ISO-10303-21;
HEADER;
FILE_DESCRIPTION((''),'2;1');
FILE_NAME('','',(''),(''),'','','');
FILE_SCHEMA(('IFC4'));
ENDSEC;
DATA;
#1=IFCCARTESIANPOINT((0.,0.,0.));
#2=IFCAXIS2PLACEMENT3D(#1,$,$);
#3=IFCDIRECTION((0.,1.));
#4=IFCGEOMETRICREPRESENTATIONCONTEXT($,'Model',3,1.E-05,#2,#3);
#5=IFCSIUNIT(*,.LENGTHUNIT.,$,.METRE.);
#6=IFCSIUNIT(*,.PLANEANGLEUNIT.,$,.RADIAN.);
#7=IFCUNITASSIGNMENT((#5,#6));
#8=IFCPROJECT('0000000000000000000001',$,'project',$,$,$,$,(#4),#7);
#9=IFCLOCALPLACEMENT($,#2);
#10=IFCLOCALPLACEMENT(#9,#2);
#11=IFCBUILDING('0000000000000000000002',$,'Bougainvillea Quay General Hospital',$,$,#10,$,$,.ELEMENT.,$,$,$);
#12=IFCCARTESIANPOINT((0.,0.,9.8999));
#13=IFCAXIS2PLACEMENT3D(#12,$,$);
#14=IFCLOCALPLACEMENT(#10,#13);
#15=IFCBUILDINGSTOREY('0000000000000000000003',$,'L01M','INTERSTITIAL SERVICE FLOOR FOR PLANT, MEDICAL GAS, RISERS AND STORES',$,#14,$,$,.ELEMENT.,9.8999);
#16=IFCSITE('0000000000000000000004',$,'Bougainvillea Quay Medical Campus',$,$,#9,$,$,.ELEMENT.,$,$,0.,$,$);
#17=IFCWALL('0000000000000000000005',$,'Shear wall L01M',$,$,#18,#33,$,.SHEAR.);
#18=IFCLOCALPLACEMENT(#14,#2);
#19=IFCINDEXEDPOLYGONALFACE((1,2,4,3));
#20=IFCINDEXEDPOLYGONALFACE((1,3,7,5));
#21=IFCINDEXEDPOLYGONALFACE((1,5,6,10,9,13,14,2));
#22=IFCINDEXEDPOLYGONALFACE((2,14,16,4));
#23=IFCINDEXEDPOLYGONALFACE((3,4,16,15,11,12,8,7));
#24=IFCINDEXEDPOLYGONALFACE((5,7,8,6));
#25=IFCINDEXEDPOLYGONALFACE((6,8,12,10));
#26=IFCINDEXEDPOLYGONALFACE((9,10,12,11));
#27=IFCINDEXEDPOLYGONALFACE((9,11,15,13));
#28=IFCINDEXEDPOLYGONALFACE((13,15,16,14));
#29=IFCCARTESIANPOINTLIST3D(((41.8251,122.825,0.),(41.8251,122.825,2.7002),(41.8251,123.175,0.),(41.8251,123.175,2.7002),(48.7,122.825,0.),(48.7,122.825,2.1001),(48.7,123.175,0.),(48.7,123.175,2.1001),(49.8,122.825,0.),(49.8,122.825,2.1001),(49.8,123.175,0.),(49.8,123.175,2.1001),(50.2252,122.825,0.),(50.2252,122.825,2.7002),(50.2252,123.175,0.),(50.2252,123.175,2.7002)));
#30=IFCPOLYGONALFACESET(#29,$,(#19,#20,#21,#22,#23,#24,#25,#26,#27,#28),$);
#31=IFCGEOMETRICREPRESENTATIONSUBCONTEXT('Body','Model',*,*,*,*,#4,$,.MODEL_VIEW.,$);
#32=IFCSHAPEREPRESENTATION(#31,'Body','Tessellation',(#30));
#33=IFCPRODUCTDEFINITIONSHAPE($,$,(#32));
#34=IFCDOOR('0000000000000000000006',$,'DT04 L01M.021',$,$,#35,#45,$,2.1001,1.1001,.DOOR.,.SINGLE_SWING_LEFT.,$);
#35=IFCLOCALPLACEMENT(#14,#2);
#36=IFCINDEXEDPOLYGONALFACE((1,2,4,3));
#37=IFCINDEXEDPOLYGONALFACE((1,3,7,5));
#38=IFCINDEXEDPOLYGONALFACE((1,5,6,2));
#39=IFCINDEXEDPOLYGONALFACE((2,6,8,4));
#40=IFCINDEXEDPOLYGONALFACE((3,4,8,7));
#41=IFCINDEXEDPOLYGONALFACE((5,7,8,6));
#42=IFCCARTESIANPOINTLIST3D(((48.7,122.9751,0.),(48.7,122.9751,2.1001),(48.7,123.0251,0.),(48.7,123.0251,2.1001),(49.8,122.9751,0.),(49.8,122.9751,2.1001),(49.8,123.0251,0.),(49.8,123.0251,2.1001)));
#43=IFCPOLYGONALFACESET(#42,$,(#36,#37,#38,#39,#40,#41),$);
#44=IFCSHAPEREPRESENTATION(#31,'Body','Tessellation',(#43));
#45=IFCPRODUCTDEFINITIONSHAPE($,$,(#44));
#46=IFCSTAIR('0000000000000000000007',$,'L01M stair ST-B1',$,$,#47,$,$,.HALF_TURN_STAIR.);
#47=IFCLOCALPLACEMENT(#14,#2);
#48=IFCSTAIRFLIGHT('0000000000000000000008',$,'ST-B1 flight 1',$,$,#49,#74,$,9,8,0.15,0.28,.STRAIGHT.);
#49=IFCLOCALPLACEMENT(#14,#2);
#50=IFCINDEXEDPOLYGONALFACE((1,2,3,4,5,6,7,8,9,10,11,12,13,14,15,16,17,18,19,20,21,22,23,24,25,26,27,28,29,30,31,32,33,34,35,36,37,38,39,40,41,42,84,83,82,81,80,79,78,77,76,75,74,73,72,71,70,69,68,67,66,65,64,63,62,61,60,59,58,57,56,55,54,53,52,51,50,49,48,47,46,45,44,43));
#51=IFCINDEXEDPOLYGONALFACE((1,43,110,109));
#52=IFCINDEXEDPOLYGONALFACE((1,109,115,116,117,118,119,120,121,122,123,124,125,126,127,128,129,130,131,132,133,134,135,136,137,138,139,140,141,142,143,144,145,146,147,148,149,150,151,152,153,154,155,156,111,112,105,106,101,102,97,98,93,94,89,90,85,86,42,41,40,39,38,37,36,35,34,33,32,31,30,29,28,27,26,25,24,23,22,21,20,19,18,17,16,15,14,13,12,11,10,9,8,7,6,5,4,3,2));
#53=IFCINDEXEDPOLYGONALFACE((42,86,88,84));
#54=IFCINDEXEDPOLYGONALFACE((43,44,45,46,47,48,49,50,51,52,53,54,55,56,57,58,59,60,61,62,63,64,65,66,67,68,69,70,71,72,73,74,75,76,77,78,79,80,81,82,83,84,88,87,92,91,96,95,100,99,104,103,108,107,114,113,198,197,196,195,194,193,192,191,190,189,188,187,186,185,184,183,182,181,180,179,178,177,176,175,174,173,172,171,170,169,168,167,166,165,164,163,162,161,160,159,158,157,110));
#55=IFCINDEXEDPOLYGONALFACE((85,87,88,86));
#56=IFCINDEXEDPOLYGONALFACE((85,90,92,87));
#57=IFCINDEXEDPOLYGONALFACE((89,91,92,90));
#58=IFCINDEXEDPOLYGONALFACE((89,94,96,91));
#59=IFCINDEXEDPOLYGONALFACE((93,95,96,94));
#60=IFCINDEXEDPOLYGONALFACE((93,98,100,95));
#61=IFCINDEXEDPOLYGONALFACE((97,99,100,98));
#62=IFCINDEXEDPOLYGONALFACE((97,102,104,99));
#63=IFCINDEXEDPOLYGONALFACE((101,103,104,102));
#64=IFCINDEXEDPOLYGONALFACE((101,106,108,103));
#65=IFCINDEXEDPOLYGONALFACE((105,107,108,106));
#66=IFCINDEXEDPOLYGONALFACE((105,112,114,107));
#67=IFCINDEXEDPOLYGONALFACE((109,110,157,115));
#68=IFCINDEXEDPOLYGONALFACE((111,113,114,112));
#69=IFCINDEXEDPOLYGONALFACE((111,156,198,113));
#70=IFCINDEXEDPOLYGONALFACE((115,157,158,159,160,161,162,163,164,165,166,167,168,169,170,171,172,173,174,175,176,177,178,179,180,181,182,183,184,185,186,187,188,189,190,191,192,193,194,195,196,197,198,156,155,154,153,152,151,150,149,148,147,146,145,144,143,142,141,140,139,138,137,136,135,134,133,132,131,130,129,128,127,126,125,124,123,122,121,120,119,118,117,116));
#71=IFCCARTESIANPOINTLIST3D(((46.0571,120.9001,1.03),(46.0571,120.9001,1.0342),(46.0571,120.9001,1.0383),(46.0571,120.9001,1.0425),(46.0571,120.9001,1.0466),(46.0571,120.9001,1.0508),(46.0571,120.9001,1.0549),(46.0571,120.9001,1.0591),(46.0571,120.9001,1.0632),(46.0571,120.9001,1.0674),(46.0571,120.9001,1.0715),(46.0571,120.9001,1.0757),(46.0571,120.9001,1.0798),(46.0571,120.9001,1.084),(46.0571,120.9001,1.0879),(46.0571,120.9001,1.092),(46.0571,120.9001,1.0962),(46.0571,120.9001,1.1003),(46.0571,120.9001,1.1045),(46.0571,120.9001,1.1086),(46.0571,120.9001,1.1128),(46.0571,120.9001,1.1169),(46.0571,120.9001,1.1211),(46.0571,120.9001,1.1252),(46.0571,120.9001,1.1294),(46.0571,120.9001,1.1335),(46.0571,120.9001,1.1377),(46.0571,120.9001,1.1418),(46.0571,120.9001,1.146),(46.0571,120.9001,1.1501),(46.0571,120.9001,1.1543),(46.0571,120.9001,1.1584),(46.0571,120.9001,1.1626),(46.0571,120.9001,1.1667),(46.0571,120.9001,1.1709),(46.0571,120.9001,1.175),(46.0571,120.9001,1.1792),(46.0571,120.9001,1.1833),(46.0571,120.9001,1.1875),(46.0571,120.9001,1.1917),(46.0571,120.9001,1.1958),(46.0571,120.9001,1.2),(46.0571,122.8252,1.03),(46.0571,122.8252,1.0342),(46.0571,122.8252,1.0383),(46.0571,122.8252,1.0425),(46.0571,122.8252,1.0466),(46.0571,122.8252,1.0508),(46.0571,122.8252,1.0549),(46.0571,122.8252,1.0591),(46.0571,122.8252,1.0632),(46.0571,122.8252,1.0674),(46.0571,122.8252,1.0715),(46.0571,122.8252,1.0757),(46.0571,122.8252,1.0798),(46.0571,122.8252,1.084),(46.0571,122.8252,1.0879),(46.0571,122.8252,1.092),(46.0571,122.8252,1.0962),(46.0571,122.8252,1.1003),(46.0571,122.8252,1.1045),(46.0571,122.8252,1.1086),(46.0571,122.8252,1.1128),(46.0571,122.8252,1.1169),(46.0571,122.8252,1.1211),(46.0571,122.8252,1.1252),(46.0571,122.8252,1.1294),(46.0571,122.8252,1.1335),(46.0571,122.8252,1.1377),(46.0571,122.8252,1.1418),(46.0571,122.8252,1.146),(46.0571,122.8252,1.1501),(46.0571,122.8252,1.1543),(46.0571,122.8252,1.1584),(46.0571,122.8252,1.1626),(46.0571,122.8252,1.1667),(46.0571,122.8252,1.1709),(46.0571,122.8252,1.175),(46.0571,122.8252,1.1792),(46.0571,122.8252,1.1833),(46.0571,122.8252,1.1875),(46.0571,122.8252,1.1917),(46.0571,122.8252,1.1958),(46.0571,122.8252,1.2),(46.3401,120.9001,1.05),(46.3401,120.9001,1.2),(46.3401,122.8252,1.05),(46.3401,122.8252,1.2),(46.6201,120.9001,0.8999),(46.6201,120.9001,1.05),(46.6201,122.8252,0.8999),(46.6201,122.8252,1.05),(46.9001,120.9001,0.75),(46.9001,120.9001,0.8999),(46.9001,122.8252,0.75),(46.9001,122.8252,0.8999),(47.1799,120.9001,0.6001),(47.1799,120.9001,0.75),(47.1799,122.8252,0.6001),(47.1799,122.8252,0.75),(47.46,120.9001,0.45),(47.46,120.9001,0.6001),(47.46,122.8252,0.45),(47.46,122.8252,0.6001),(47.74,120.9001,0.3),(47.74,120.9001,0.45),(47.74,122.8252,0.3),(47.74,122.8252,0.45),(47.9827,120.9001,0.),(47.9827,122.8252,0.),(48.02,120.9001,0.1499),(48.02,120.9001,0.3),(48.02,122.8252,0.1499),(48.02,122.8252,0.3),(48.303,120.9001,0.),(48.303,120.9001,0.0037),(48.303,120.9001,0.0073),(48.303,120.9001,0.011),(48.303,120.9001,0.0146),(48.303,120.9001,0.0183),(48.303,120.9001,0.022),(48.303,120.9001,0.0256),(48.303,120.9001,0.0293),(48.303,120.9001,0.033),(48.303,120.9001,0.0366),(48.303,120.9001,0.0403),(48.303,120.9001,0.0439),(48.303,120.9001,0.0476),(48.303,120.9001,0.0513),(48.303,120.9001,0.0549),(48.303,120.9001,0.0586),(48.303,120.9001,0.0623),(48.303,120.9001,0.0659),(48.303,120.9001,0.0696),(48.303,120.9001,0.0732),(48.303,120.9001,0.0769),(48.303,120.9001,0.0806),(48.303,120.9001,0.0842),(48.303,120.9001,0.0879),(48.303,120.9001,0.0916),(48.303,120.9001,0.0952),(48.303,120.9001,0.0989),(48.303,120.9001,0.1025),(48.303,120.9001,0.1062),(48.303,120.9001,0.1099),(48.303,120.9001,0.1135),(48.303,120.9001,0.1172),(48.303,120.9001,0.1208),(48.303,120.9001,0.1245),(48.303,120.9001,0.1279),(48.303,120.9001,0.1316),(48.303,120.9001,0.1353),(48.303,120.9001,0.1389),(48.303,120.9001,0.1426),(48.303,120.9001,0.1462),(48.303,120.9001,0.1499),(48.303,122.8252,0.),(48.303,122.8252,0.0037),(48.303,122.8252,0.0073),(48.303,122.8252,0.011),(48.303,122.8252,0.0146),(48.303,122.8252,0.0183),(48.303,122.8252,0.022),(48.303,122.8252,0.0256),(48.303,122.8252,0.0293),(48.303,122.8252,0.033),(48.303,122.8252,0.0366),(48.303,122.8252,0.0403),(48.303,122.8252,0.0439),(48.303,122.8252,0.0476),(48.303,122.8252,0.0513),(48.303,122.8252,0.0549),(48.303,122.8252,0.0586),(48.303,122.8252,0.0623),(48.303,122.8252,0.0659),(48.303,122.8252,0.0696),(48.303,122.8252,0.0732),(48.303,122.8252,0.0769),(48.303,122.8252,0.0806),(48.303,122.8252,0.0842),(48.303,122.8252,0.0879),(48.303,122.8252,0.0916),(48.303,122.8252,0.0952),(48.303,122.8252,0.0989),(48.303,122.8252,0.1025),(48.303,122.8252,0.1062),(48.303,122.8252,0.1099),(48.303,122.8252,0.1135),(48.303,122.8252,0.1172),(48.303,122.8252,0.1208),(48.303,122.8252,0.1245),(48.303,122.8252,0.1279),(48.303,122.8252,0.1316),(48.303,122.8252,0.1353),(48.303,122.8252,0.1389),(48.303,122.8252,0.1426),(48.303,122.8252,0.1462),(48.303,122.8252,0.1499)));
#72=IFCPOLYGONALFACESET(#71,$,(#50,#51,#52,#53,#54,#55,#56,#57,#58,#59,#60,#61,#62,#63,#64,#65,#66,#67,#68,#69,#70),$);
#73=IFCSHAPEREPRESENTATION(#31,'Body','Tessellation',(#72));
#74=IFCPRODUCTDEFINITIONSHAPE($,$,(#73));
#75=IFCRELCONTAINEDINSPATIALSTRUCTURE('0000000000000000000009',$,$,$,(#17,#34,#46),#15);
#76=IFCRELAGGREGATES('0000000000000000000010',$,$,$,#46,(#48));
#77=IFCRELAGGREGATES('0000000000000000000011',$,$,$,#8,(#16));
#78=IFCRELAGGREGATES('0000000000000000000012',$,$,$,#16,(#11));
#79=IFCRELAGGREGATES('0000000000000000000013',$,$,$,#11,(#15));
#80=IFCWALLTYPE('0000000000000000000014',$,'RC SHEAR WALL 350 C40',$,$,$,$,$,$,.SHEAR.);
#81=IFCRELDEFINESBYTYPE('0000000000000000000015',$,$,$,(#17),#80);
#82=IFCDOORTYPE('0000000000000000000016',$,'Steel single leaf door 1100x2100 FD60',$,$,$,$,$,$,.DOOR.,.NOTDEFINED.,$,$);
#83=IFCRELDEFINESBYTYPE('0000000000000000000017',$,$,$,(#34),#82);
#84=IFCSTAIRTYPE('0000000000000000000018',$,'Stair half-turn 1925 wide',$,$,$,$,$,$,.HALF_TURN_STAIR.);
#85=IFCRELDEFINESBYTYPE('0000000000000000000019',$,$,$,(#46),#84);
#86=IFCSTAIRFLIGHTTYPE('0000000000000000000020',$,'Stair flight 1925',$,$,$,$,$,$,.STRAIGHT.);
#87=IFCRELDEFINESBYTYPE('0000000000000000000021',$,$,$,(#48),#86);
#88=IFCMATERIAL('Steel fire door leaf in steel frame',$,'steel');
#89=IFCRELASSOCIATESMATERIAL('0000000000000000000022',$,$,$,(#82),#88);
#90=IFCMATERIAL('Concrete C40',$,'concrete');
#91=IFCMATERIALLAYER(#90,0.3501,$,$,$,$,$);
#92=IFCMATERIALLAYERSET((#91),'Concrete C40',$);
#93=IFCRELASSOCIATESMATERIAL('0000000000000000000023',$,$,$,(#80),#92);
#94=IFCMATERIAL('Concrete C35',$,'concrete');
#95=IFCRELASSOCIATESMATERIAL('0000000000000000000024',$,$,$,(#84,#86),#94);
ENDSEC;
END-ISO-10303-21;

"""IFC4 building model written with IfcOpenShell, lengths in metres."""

from ifc_helpers import new_model, si_unit, direction, frame, frame_2d, origin, place, context, subcontext, project, spatial, polyline, rectangle, outline, extrude, material, layer, layer_set, type_object, element, fill, aggregate, save


model = new_model("IFC4")

# Units and contexts
model_context = context("Model", 3, precision=1e-05, world=origin(), true_north=direction((0.0, 1.0)))
body_context = subcontext(model_context, "Body", "Model", "MODEL_VIEW")
ifc_project = project(units=[si_unit("LENGTHUNIT", "METRE"), si_unit("PLANEANGLEUNIT", "RADIAN")], contexts=[model_context])

# Site, building, storey
site_placement = place(None, origin())
site = spatial("IfcSite", under=ifc_project, at=site_placement, Name="Bougainvillea Quay Medical Campus", CompositionType="ELEMENT", RefElevation=0.0)
building_placement = place(site_placement, origin())
building = spatial("IfcBuilding", under=site, at=building_placement, Name="Bougainvillea Quay General Hospital", CompositionType="ELEMENT")
storey_placement = place(building_placement, frame((0.0, 0.0, 9.8999)))
storey = spatial("IfcBuildingStorey", under=building, at=storey_placement, Name="L01M", Description="INTERSTITIAL SERVICE FLOOR FOR PLANT, MEDICAL GAS, RISERS AND STORES", CompositionType="ELEMENT", Elevation=9.8999)

# Shared definitions
ifc_material_1 = material(Name="Concrete C40", Category="concrete")

# Shared definitions
ifc_material_2 = material(Name="Steel fire door leaf in steel frame", Category="steel")
door_type_1 = type_object("IfcDoorType", Name="Steel single leaf door 1100x2100 FD60", OperationType="NOTDEFINED", PredefinedType="DOOR", material=ifc_material_2)

# Wall, opening, door
ifc_layer_1 = layer(ifc_material_1, 0.3501)
ifc_layer_set_1 = layer_set([ifc_layer_1], Name="Concrete C40")
wall_type_1 = type_object("IfcWallType", Name="RC SHEAR WALL 350 C40", PredefinedType="SHEAR", material=ifc_layer_set_1)
wall_1_placement = place(storey_placement, frame((41.825, 123.0, 0.0), z_axis=(0.0, 0.0, 1.0), x_axis=(1.0, 0.0, 0.0)))
wall_1 = element("IfcWall", 1, at=wall_1_placement, inside=storey, type_object=wall_type_1, Name="Shear wall L01M", PredefinedType="SHEAR", context=body_context, shape_type="SweptSolid", body=[
    extrude(rectangle(XDim=8.4001, YDim=0.3501, at=frame_2d((4.2002, 0.0))), origin(), (0.0, 0.0, 1.0), 2.7002),
])
opening_1_placement = place(wall_1_placement, frame((6.875, 0.0, 0.0)))
opening_1 = element("IfcOpeningElement", 2, at=opening_1_placement, cuts=wall_1, PredefinedType="OPENING", context=body_context, shape_type="SweptSolid", body=[
    extrude(rectangle(XDim=1.1001, YDim=2.1001, at=frame_2d((0.55, 1.05))), frame((0.0, 0.1851, 0.0), z_axis=(0.0, -1.0, 0.0), x_axis=(1.0, 0.0, 0.0)), (0.0, 0.0, 1.0), 0.3701),
])
door_1_placement = place(opening_1_placement, frame((1.1001, 0.0, 0.0), z_axis=(0.0, 0.0, 1.0), x_axis=(-1.0, 0.0, 0.0)))
door_1 = element("IfcDoor", 3, at=door_1_placement, inside=storey, type_object=door_type_1, Name="DT04 L01M.021", OperationType="SINGLE_SWING_LEFT", OverallHeight=2.1001, OverallWidth=1.1001, PredefinedType="DOOR", context=body_context, shape_type="SweptSolid", body=[
    extrude(rectangle(XDim=1.1001, YDim=2.1001, at=frame_2d((0.55, 1.05))), frame((0.0, 0.0249, 0.0), z_axis=(0.0, -1.0, 0.0), x_axis=(1.0, 0.0, 0.0)), (0.0, 0.0, 1.0), 0.05),
])
fill(opening_1, door_1)

# Stair, stair flight
ifc_material_3 = material(Name="Concrete C35", Category="concrete")
stair_type = type_object("IfcStairType", Name="Stair half-turn 1925 wide", PredefinedType="HALF_TURN_STAIR", material=ifc_material_3)
stair_placement = place(storey_placement, origin())
stair = element("IfcStair", 4, at=stair_placement, inside=storey, type_object=stair_type, Name="L01M stair ST-B1", PredefinedType="HALF_TURN_STAIR")
stair_flight_type = type_object("IfcStairFlightType", Name="Stair flight 1925", PredefinedType="STRAIGHT", material=ifc_material_3)
stair_flight_placement = place(storey_placement, frame((48.3, 121.8625, 0.0), z_axis=(0.0, 0.0, 1.0), x_axis=(-1.0, 0.0, 0.0)))
stair_flight = element("IfcStairFlight", 5, at=stair_flight_placement, type_object=stair_flight_type, Name="ST-B1 flight 1", NumberOfRisers=9, NumberOfTreads=8, PredefinedType="STRAIGHT", RiserHeight=0.15, TreadLength=0.28, context=body_context, shape_type="SweptSolid", body=[
    extrude(outline(polyline([(-0.0029, 0.0), (-0.0029, 0.0037), (-0.0029, 0.0073), (-0.0029, 0.011), (-0.0029, 0.0146), (-0.0029, 0.0183), (-0.0029, 0.022), (-0.0029, 0.0256), (-0.0029, 0.0293), (-0.0029, 0.033), (-0.0029, 0.0366), (-0.0029, 0.0403), (-0.0029, 0.0439), (-0.0029, 0.0476), (-0.0029, 0.0513), (-0.0029, 0.0549), (-0.0029, 0.0586), (-0.0029, 0.0623), (-0.0029, 0.0659), (-0.0029, 0.0696), (-0.0029, 0.0732), (-0.0029, 0.0769), (-0.0029, 0.0806), (-0.0029, 0.0842), (-0.0029, 0.0879), (-0.0029, 0.0916), (-0.0029, 0.0952), (-0.0029, 0.0989), (-0.0029, 0.1025), (-0.0029, 0.1062), (-0.0029, 0.1099), (-0.0029, 0.1135), (-0.0029, 0.1172), (-0.0029, 0.1208), (-0.0029, 0.1245), (-0.0029, 0.1279), (-0.0029, 0.1316), (-0.0029, 0.1353), (-0.0029, 0.1389), (-0.0029, 0.1426), (-0.0029, 0.1462), (-0.0029, 0.1499), (0.28, 0.1499), (0.28, 0.3), (0.5601, 0.3), (0.5601, 0.45), (0.8401, 0.45), (0.8401, 0.6001), (1.1201, 0.6001), (1.1201, 0.75), (1.3999, 0.75), (1.3999, 0.8999), (1.6799, 0.8999), (1.6799, 1.05), (1.96, 1.05), (1.96, 1.2), (2.2429, 1.2), (2.2429, 1.1958), (2.2429, 1.1917), (2.2429, 1.1875), (2.2429, 1.1833), (2.2429, 1.1792), (2.2429, 1.175), (2.2429, 1.1709), (2.2429, 1.1667), (2.2429, 1.1626), (2.2429, 1.1584), (2.2429, 1.1543), (2.2429, 1.1501), (2.2429, 1.146), (2.2429, 1.1418), (2.2429, 1.1377), (2.2429, 1.1335), (2.2429, 1.1294), (2.2429, 1.1252), (2.2429, 1.1211), (2.2429, 1.1169), (2.2429, 1.1128), (2.2429, 1.1086), (2.2429, 1.1045), (2.2429, 1.1003), (2.2429, 1.0962), (2.2429, 1.092), (2.2429, 1.0879), (2.2429, 1.084), (2.2429, 1.0798), (2.2429, 1.0757), (2.2429, 1.0715), (2.2429, 1.0674), (2.2429, 1.0632), (2.2429, 1.0591), (2.2429, 1.0549), (2.2429, 1.0508), (2.2429, 1.0466), (2.2429, 1.0425), (2.2429, 1.0383), (2.2429, 1.0342), (2.2429, 1.03), (0.3174, 0.0), (-0.0029, 0.0)])), frame((0.0, 0.9624, 0.0), z_axis=(0.0, -1.0, 0.0), x_axis=(1.0, 0.0, 0.0)), (0.0, 0.0, 1.0), 1.925),
])
aggregate(stair, [stair_flight])

save(model, "model.ifc")
